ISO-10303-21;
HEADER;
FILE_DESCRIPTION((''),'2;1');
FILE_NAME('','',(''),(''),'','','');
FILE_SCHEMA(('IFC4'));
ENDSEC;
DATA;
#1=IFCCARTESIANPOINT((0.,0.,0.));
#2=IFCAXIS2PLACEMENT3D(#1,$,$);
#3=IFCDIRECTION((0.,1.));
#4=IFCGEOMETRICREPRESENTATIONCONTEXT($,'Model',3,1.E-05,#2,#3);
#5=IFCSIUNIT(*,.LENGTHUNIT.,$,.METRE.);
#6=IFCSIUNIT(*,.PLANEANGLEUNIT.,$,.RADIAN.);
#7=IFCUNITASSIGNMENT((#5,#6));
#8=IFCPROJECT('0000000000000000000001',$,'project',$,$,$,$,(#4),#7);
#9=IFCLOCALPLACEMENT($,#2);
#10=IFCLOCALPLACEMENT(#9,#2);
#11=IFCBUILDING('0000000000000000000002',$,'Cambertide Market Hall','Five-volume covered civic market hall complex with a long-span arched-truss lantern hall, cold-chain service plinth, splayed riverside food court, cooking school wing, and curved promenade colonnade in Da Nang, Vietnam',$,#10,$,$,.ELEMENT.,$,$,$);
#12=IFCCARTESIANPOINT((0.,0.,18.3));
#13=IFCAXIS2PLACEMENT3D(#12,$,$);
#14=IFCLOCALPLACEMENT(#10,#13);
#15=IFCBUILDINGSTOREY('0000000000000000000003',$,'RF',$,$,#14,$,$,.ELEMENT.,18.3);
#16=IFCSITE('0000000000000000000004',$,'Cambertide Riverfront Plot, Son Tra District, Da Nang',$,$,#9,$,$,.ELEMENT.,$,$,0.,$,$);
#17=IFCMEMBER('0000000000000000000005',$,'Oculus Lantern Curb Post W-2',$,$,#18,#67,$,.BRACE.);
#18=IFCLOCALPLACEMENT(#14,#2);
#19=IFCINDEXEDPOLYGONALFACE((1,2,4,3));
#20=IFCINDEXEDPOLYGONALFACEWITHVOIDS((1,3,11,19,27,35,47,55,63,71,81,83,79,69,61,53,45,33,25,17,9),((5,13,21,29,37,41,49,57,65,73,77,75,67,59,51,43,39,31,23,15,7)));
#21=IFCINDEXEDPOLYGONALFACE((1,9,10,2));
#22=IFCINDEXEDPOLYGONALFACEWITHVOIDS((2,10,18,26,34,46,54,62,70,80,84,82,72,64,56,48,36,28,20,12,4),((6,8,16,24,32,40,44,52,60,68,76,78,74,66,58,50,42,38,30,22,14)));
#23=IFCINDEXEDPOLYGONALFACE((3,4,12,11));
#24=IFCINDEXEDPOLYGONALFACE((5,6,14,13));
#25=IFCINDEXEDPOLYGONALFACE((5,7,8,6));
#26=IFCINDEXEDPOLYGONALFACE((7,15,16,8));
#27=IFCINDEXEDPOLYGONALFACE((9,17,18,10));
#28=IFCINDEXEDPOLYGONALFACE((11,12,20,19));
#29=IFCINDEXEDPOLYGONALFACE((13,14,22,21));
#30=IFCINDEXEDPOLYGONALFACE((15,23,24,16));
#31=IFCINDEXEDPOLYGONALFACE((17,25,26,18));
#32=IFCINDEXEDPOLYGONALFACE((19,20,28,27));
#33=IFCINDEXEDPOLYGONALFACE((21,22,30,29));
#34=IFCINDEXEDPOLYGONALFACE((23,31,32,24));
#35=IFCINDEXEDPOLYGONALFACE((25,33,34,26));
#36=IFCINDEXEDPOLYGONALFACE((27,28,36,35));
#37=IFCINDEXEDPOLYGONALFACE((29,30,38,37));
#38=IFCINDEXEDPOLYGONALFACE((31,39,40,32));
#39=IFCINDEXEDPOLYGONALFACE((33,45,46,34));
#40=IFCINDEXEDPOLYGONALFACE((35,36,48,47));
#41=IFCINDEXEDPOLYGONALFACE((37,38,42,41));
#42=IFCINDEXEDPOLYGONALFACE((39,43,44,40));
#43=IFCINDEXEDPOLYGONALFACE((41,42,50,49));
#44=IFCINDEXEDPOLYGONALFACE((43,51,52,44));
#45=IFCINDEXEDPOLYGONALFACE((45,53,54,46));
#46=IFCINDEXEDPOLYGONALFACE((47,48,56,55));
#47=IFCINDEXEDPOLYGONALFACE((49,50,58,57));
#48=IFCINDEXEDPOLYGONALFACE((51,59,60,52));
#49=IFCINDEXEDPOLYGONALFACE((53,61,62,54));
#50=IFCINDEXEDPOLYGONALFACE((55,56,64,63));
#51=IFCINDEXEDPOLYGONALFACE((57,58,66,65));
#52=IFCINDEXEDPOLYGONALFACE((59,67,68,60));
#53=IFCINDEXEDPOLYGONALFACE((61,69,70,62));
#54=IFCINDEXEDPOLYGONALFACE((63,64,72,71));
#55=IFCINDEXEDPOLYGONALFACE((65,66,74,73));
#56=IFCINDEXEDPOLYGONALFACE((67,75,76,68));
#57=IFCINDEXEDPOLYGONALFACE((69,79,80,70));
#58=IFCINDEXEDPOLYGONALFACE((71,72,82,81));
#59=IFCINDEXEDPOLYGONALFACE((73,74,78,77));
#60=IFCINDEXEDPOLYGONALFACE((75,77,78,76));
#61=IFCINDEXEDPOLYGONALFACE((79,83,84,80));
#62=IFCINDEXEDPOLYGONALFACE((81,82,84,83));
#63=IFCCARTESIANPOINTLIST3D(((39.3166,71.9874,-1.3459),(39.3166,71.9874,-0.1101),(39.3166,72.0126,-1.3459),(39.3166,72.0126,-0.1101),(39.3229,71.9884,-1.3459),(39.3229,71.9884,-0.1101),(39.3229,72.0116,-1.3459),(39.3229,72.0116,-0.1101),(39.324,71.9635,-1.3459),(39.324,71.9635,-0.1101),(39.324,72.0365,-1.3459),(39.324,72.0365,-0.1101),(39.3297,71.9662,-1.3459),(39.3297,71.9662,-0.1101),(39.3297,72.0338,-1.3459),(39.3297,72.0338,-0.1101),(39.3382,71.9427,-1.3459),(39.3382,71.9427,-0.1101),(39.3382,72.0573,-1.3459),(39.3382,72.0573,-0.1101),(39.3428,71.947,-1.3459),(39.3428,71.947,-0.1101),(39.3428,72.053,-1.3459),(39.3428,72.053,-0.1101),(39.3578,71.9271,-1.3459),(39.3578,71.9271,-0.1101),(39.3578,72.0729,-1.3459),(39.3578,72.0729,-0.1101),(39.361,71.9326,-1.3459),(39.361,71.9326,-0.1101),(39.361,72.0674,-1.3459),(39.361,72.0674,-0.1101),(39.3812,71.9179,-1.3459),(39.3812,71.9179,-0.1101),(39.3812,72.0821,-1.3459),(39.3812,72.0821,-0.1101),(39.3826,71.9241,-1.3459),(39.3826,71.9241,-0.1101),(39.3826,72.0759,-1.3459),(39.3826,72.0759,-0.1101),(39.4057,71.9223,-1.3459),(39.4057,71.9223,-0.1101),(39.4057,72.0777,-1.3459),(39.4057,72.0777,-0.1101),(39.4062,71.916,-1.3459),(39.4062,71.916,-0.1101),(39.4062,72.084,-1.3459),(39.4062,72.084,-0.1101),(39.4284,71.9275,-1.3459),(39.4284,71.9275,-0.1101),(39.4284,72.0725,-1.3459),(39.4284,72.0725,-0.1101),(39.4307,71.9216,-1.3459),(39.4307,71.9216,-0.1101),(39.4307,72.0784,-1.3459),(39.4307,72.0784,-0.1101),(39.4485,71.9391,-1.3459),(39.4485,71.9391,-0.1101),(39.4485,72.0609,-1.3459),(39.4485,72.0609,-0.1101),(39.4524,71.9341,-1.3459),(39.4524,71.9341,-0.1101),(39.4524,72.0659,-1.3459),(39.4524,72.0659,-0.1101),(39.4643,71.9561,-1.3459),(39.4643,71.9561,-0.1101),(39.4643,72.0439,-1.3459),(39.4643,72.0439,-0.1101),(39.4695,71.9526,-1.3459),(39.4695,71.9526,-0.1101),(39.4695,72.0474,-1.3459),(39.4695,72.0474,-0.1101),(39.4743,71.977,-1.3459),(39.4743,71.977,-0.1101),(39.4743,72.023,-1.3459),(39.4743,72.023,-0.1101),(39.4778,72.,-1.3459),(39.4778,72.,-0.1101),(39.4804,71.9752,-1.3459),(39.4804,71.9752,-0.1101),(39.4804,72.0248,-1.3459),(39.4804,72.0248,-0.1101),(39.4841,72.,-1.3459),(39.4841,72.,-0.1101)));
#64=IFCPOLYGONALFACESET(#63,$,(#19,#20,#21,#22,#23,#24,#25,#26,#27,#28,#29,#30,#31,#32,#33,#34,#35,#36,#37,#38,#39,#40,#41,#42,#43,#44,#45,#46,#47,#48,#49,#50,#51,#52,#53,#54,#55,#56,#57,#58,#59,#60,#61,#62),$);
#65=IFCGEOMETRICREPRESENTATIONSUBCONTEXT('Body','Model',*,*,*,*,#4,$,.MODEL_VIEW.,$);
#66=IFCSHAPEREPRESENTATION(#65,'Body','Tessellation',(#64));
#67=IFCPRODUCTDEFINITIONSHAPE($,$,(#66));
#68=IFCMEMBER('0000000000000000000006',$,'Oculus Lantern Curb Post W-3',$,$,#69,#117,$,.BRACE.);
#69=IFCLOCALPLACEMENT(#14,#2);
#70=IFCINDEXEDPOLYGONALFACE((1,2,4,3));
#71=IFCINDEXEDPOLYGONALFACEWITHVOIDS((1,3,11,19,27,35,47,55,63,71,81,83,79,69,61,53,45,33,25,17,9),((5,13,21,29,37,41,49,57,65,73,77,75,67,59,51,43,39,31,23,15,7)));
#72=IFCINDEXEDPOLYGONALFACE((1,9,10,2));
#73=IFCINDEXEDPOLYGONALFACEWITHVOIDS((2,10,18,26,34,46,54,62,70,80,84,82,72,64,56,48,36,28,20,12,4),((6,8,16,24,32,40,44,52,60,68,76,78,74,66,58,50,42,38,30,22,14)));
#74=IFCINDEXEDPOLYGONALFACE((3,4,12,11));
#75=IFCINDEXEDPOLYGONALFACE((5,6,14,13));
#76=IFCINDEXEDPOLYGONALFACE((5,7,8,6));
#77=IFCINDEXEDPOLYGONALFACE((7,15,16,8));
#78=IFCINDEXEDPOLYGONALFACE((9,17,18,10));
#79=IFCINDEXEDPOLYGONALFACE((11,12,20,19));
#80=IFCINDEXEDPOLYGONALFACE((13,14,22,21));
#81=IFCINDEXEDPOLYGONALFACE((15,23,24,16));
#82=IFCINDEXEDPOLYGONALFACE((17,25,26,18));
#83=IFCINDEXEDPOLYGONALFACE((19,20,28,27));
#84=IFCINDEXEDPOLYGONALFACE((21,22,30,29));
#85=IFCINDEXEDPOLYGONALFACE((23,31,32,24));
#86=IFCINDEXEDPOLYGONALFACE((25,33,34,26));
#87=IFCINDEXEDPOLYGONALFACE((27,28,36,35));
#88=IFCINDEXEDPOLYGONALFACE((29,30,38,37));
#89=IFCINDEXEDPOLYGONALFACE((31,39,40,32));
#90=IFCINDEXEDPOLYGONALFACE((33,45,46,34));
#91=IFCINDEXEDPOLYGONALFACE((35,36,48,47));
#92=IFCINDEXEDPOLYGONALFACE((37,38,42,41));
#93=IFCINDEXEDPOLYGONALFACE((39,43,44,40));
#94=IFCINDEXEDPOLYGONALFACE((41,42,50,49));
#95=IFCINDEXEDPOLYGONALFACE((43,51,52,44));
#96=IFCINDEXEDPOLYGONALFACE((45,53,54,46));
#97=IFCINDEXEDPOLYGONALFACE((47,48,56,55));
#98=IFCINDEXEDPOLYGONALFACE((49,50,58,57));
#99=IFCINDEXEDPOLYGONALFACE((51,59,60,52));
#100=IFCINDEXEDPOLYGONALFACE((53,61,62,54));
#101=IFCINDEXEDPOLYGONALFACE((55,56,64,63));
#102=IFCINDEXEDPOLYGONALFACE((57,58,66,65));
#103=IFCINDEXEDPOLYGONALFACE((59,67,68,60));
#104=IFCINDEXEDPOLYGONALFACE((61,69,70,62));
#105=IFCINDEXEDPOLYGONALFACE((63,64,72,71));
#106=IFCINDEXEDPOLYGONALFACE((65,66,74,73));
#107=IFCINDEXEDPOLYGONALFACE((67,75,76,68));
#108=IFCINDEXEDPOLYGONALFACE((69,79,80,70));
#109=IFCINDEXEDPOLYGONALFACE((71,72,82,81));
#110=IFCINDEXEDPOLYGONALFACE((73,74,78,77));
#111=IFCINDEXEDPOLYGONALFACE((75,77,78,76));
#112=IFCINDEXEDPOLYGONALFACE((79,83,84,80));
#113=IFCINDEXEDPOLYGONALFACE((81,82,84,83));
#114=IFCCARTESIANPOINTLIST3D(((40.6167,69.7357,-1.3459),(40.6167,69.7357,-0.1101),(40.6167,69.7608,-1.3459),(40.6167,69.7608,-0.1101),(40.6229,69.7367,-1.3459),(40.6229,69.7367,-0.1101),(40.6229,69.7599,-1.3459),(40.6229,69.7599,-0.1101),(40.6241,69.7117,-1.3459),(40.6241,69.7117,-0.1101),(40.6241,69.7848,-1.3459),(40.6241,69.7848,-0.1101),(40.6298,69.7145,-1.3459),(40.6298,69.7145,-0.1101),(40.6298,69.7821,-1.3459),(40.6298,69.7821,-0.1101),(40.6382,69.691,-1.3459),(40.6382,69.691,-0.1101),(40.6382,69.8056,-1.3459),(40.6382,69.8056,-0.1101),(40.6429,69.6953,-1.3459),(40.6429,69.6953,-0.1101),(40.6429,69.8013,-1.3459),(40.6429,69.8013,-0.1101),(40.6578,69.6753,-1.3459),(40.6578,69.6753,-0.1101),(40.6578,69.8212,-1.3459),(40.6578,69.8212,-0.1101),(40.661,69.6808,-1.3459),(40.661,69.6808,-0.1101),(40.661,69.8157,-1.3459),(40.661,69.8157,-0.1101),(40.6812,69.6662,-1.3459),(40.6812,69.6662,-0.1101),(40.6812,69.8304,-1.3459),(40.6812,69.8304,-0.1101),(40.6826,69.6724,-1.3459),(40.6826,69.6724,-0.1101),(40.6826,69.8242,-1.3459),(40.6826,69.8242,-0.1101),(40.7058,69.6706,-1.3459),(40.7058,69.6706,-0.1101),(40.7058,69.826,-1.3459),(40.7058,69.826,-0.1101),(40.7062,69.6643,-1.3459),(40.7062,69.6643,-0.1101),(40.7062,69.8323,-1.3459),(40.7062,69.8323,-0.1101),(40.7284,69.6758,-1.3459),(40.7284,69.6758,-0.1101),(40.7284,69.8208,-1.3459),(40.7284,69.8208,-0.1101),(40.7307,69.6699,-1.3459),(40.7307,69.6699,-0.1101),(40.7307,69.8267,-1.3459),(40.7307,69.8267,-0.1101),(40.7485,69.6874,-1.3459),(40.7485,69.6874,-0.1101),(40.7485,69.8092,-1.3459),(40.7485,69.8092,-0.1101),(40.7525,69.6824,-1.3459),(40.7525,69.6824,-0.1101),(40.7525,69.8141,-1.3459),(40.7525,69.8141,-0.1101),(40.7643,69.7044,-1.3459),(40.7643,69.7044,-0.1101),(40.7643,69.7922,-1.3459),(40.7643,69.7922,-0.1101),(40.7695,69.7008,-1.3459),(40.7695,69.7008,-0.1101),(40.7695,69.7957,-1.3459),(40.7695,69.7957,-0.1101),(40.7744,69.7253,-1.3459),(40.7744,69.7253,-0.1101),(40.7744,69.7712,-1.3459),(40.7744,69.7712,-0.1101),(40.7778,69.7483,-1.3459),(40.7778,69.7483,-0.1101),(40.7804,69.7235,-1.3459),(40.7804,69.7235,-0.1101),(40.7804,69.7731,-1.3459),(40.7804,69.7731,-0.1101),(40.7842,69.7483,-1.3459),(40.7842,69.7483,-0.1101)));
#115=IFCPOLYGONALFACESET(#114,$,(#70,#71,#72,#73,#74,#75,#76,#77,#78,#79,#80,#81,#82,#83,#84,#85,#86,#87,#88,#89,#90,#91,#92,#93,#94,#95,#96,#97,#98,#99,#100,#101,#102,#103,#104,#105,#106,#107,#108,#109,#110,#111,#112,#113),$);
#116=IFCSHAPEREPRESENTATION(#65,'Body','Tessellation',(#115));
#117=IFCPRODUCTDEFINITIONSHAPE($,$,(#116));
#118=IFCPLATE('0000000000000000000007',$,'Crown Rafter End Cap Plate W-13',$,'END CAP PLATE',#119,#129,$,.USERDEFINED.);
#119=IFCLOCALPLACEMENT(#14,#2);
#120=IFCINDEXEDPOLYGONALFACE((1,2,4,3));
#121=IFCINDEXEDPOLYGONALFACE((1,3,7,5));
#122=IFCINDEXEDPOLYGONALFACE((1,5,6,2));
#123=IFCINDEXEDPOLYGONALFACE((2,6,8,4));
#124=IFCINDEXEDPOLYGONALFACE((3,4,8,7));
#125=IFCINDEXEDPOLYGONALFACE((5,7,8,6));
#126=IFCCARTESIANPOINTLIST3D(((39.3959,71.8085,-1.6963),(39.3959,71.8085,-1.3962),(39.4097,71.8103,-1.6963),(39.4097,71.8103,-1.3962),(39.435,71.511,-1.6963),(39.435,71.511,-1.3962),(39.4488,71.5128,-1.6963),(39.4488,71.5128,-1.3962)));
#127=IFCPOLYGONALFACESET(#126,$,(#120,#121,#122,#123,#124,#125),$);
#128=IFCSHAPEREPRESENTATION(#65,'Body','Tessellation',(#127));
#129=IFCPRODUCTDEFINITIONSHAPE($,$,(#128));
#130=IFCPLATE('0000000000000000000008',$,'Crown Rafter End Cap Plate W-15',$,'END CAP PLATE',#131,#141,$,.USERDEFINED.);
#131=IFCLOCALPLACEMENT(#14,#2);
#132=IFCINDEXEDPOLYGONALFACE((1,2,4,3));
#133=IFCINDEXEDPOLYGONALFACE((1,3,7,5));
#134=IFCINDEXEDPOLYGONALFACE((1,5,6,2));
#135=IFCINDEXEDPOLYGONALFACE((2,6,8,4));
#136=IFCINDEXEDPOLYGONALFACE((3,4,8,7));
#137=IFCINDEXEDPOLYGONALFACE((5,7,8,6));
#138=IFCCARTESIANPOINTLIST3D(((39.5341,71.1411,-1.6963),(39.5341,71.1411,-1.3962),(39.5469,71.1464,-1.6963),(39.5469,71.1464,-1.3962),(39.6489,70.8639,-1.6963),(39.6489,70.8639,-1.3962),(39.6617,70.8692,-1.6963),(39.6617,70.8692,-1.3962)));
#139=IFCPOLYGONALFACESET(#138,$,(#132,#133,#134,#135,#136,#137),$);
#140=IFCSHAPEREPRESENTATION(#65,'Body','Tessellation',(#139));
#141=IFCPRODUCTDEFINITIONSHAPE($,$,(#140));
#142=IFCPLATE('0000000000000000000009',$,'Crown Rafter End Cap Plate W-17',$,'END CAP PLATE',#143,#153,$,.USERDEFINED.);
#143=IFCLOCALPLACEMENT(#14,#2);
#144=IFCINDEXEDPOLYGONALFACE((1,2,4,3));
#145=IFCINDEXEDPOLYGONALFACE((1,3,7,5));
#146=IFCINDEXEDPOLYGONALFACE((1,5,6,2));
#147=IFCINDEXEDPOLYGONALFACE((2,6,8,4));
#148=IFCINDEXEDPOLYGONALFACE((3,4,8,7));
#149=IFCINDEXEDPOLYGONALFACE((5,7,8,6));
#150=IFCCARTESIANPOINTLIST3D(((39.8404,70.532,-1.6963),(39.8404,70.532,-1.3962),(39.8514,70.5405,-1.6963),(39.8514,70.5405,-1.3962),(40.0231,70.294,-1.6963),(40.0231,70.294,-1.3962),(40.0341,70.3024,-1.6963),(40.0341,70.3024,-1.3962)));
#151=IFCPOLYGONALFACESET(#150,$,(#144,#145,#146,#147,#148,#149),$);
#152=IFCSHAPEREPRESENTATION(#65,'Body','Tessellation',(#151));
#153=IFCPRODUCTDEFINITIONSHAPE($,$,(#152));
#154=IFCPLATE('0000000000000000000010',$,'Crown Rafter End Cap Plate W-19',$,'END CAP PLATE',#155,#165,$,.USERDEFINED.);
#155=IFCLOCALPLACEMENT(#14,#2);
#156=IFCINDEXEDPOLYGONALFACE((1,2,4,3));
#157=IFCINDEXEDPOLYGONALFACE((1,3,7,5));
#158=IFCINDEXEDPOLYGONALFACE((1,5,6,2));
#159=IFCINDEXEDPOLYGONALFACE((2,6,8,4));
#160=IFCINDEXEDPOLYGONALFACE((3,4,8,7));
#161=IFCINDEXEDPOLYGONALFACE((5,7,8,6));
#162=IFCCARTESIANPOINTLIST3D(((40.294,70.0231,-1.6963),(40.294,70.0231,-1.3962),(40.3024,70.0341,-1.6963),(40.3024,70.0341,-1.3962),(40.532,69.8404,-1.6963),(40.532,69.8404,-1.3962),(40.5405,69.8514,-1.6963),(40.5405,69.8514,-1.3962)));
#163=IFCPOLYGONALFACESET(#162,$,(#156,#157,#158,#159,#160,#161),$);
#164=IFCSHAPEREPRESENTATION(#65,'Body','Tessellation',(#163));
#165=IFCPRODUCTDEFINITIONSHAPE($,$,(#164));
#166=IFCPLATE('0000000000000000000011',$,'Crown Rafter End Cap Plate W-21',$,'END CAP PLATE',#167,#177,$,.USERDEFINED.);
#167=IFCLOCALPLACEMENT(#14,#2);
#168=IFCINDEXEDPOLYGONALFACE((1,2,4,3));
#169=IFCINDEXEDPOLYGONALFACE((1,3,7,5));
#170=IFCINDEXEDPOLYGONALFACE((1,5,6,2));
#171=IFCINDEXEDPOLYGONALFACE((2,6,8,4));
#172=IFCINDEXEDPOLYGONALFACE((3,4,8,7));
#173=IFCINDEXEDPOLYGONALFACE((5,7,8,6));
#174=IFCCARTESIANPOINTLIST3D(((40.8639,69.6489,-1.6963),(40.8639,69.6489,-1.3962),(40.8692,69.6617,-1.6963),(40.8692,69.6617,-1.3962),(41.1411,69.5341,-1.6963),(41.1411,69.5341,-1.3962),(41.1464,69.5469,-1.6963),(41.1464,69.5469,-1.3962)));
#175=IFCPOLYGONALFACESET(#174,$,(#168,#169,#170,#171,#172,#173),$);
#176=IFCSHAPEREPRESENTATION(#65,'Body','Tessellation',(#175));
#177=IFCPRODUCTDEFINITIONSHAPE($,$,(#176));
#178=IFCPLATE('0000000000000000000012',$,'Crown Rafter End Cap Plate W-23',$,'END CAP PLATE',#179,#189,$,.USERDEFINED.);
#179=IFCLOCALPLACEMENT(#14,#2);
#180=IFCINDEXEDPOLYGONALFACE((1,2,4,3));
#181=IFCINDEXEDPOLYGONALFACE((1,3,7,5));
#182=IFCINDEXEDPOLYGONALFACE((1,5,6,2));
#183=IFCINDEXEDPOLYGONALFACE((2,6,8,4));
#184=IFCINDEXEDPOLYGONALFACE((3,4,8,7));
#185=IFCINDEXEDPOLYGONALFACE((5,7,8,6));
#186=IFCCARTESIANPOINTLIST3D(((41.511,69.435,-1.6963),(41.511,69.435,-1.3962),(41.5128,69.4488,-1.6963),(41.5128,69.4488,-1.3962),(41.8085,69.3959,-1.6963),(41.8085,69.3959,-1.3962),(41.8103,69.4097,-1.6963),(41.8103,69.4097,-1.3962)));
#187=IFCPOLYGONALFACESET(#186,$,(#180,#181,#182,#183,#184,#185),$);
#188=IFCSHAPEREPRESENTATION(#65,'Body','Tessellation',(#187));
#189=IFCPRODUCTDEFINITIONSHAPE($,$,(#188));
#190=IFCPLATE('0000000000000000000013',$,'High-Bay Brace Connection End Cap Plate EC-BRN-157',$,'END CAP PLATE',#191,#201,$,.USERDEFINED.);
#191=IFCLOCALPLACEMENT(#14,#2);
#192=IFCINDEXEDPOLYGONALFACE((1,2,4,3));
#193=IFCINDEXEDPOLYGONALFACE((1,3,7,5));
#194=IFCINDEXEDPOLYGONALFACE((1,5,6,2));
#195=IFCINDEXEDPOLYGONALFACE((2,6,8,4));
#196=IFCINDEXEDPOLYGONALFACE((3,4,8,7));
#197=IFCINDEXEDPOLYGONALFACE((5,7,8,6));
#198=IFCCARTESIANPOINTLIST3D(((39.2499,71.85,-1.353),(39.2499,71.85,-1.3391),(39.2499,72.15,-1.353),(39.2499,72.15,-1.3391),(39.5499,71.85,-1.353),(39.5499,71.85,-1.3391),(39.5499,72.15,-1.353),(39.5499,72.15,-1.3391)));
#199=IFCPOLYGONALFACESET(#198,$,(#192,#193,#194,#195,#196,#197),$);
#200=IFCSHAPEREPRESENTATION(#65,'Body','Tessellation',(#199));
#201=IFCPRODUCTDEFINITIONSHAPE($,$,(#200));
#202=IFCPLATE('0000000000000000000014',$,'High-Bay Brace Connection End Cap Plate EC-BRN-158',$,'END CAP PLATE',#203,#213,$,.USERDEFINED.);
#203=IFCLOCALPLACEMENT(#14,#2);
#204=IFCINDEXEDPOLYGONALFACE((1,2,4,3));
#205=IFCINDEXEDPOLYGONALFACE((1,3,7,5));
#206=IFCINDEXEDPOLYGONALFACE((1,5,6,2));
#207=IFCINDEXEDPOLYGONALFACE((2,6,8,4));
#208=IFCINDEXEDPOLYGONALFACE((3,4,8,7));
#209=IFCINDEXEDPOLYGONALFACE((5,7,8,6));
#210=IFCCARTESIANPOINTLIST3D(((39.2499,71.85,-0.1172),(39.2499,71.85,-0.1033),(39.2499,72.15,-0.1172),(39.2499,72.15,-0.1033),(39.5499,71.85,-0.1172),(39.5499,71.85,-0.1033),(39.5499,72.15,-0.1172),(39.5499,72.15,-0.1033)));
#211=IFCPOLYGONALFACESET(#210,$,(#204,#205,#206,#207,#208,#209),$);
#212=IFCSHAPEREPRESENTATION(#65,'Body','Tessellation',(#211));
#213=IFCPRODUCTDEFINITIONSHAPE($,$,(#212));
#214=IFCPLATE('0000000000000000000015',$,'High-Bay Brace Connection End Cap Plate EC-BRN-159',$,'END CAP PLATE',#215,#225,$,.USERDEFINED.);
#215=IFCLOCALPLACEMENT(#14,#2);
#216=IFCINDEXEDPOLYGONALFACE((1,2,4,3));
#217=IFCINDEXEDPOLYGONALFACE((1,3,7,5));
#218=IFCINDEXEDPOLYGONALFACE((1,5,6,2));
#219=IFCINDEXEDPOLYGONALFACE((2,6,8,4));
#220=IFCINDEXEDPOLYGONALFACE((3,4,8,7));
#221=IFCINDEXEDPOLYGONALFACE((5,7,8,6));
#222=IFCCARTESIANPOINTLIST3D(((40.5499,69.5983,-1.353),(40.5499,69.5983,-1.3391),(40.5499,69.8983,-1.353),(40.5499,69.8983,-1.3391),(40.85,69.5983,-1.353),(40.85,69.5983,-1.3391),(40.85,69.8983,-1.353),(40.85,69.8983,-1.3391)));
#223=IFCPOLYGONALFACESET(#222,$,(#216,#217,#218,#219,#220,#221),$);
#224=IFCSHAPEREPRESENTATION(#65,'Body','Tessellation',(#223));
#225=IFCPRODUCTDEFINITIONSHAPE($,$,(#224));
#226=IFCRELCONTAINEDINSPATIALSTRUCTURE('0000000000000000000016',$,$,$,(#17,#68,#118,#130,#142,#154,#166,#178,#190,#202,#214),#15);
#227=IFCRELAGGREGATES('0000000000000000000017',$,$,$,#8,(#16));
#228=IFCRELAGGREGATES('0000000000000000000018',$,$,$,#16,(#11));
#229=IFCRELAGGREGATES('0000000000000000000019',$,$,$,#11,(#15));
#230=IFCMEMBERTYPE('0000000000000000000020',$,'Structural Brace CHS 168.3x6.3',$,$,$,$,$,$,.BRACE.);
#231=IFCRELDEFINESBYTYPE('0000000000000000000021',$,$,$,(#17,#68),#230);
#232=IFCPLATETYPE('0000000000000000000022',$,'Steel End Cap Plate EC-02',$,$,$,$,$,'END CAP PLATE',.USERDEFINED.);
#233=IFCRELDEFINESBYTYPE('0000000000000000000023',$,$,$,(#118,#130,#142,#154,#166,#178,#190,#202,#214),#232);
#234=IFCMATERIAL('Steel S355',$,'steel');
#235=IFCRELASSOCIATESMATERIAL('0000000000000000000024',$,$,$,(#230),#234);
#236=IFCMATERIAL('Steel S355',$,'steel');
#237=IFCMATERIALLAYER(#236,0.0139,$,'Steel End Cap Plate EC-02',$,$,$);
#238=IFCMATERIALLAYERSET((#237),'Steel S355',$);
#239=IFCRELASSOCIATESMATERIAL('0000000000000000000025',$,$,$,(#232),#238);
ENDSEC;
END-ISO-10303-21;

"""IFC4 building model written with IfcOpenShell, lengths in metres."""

from ifc_helpers import new_model, si_unit, direction, frame, origin, origin_2d, place, context, subcontext, project, spatial, rectangle, hollow_circle, extrude, material, layer, layer_set, material_profile, profile_set, type_object, element, save


model = new_model("IFC4")

# Units and contexts
model_context = context("Model", 3, precision=1e-05, world=origin(), true_north=direction((0.0, 1.0)))
body_context = subcontext(model_context, "Body", "Model", "MODEL_VIEW")
ifc_project = project(units=[si_unit("LENGTHUNIT", "METRE"), si_unit("PLANEANGLEUNIT", "RADIAN")], contexts=[model_context])

# Site, building, storey
site_placement = place(None, origin())
site = spatial("IfcSite", under=ifc_project, at=site_placement, Name="Cambertide Riverfront Plot, Son Tra District, Da Nang", CompositionType="ELEMENT", RefElevation=0.0)
building_placement = place(site_placement, origin())
building = spatial("IfcBuilding", under=site, at=building_placement, Name="Cambertide Market Hall", Description="Five-volume covered civic market hall complex with a long-span arched-truss lantern hall, cold-chain service plinth, splayed riverside food court, cooking school wing, and curved promenade colonnade in Da Nang, Vietnam", CompositionType="ELEMENT")
storey_placement = place(building_placement, frame((0.0, 0.0, 18.3)))
storey = spatial("IfcBuildingStorey", under=building, at=storey_placement, Name="RF", CompositionType="ELEMENT", Elevation=18.3)

# Members
ifc_material_1 = material(Name="Steel S355", Category="steel")
ifc_material_profile_1 = material_profile(ifc_material_1, hollow_circle(Radius=0.0842, WallThickness=0.0063, at=origin_2d()), Name="CHS 168.3x6.3")
ifc_profile_set_1 = profile_set([ifc_material_profile_1], Name="Steel S355")
member_type_1 = type_object("IfcMemberType", Name="Structural Brace CHS 168.3x6.3", PredefinedType="BRACE", material=ifc_profile_set_1)
for number, where, z_axis, x_axis, name in (
    (1, (39.3999, 72.0, -1.3459), (0.0, 0.0, 1.0), (1.0, 0.0, 0.0), "Oculus Lantern Curb Post W-2"),
    (2, (40.7, 69.7483, -1.3459), (0.0, 0.0, 1.0), (1.0, 0.0, 0.0), "Oculus Lantern Curb Post W-3"),
):
    element("IfcMember", number, at=place(storey_placement, frame(where, z_axis=z_axis, x_axis=x_axis)), inside=storey, type_object=member_type_1, Name=name, PredefinedType="BRACE", context=body_context, shape_type="SweptSolid", body=[
        extrude(hollow_circle(Radius=0.0842, WallThickness=0.0063, at=origin_2d()), origin(), (0.0, 0.0, 1.0), 1.2358),
    ])

# Plates
ifc_material_2 = material(Name="Steel S355", Category="steel")
ifc_layer_1 = layer(ifc_material_2, 0.0139, Name="Steel End Cap Plate EC-02")
ifc_layer_set_1 = layer_set([ifc_layer_1], Name="Steel S355")
plate_type_1 = type_object("IfcPlateType", Name="Steel End Cap Plate EC-02", ElementType="END CAP PLATE", PredefinedType="USERDEFINED", material=ifc_layer_set_1)
for number, where, z_axis, x_axis, name in (
    (3, (39.4224, 71.6606, -1.6963), (0.0, 0.0, 1.0), (-0.991445, -0.130526, 0.0), "Crown Rafter End Cap Plate W-13"),
    (4, (39.5979, 71.0051, -1.6963), (0.0, 0.0, 1.0), (-0.92388, -0.382683, 0.0), "Crown Rafter End Cap Plate W-15"),
    (5, (39.9373, 70.4172, -1.6963), (0.0, 0.0, 1.0), (-0.793353, -0.608761, 0.0), "Crown Rafter End Cap Plate W-17"),
    (6, (40.4172, 69.9373, -1.6963), (0.0, 0.0, 1.0), (-0.608761, -0.793353, 0.0), "Crown Rafter End Cap Plate W-19"),
    (7, (41.0051, 69.5979, -1.6963), (0.0, 0.0, 1.0), (-0.382683, -0.92388, 0.0), "Crown Rafter End Cap Plate W-21"),
    (8, (41.6606, 69.4224, -1.6963), (0.0, 0.0, 1.0), (-0.130526, -0.991445, 0.0), "Crown Rafter End Cap Plate W-23"),
):
    element("IfcPlate", number, at=place(storey_placement, frame(where, z_axis=z_axis, x_axis=x_axis)), inside=storey, type_object=plate_type_1, Name=name, ObjectType="END CAP PLATE", PredefinedType="USERDEFINED", context=body_context, shape_type="SweptSolid", body=[
        extrude(rectangle(XDim=0.0139, YDim=0.3, at=origin_2d()), origin(), (0.0, 0.0, 1.0), 0.3),
    ])
for number, where, z_axis, x_axis, name in (
    (9, (39.3999, 72.0, -1.353), (0.0, 0.0, 1.0), (1.0, 0.0, 0.0), "High-Bay Brace Connection End Cap Plate EC-BRN-157"),
    (10, (39.3999, 72.0, -0.1172), (0.0, 0.0, 1.0), (1.0, 0.0, 0.0), "High-Bay Brace Connection End Cap Plate EC-BRN-158"),
    (11, (40.7, 69.7483, -1.353), (0.0, 0.0, 1.0), (1.0, 0.0, 0.0), "High-Bay Brace Connection End Cap Plate EC-BRN-159"),
):
    element("IfcPlate", number, at=place(storey_placement, frame(where, z_axis=z_axis, x_axis=x_axis)), inside=storey, type_object=plate_type_1, Name=name, ObjectType="END CAP PLATE", PredefinedType="USERDEFINED", context=body_context, shape_type="SweptSolid", body=[
        extrude(rectangle(XDim=0.3, YDim=0.3, at=origin_2d()), origin(), (0.0, 0.0, 1.0), 0.0139),
    ])

save(model, "model.ifc")
